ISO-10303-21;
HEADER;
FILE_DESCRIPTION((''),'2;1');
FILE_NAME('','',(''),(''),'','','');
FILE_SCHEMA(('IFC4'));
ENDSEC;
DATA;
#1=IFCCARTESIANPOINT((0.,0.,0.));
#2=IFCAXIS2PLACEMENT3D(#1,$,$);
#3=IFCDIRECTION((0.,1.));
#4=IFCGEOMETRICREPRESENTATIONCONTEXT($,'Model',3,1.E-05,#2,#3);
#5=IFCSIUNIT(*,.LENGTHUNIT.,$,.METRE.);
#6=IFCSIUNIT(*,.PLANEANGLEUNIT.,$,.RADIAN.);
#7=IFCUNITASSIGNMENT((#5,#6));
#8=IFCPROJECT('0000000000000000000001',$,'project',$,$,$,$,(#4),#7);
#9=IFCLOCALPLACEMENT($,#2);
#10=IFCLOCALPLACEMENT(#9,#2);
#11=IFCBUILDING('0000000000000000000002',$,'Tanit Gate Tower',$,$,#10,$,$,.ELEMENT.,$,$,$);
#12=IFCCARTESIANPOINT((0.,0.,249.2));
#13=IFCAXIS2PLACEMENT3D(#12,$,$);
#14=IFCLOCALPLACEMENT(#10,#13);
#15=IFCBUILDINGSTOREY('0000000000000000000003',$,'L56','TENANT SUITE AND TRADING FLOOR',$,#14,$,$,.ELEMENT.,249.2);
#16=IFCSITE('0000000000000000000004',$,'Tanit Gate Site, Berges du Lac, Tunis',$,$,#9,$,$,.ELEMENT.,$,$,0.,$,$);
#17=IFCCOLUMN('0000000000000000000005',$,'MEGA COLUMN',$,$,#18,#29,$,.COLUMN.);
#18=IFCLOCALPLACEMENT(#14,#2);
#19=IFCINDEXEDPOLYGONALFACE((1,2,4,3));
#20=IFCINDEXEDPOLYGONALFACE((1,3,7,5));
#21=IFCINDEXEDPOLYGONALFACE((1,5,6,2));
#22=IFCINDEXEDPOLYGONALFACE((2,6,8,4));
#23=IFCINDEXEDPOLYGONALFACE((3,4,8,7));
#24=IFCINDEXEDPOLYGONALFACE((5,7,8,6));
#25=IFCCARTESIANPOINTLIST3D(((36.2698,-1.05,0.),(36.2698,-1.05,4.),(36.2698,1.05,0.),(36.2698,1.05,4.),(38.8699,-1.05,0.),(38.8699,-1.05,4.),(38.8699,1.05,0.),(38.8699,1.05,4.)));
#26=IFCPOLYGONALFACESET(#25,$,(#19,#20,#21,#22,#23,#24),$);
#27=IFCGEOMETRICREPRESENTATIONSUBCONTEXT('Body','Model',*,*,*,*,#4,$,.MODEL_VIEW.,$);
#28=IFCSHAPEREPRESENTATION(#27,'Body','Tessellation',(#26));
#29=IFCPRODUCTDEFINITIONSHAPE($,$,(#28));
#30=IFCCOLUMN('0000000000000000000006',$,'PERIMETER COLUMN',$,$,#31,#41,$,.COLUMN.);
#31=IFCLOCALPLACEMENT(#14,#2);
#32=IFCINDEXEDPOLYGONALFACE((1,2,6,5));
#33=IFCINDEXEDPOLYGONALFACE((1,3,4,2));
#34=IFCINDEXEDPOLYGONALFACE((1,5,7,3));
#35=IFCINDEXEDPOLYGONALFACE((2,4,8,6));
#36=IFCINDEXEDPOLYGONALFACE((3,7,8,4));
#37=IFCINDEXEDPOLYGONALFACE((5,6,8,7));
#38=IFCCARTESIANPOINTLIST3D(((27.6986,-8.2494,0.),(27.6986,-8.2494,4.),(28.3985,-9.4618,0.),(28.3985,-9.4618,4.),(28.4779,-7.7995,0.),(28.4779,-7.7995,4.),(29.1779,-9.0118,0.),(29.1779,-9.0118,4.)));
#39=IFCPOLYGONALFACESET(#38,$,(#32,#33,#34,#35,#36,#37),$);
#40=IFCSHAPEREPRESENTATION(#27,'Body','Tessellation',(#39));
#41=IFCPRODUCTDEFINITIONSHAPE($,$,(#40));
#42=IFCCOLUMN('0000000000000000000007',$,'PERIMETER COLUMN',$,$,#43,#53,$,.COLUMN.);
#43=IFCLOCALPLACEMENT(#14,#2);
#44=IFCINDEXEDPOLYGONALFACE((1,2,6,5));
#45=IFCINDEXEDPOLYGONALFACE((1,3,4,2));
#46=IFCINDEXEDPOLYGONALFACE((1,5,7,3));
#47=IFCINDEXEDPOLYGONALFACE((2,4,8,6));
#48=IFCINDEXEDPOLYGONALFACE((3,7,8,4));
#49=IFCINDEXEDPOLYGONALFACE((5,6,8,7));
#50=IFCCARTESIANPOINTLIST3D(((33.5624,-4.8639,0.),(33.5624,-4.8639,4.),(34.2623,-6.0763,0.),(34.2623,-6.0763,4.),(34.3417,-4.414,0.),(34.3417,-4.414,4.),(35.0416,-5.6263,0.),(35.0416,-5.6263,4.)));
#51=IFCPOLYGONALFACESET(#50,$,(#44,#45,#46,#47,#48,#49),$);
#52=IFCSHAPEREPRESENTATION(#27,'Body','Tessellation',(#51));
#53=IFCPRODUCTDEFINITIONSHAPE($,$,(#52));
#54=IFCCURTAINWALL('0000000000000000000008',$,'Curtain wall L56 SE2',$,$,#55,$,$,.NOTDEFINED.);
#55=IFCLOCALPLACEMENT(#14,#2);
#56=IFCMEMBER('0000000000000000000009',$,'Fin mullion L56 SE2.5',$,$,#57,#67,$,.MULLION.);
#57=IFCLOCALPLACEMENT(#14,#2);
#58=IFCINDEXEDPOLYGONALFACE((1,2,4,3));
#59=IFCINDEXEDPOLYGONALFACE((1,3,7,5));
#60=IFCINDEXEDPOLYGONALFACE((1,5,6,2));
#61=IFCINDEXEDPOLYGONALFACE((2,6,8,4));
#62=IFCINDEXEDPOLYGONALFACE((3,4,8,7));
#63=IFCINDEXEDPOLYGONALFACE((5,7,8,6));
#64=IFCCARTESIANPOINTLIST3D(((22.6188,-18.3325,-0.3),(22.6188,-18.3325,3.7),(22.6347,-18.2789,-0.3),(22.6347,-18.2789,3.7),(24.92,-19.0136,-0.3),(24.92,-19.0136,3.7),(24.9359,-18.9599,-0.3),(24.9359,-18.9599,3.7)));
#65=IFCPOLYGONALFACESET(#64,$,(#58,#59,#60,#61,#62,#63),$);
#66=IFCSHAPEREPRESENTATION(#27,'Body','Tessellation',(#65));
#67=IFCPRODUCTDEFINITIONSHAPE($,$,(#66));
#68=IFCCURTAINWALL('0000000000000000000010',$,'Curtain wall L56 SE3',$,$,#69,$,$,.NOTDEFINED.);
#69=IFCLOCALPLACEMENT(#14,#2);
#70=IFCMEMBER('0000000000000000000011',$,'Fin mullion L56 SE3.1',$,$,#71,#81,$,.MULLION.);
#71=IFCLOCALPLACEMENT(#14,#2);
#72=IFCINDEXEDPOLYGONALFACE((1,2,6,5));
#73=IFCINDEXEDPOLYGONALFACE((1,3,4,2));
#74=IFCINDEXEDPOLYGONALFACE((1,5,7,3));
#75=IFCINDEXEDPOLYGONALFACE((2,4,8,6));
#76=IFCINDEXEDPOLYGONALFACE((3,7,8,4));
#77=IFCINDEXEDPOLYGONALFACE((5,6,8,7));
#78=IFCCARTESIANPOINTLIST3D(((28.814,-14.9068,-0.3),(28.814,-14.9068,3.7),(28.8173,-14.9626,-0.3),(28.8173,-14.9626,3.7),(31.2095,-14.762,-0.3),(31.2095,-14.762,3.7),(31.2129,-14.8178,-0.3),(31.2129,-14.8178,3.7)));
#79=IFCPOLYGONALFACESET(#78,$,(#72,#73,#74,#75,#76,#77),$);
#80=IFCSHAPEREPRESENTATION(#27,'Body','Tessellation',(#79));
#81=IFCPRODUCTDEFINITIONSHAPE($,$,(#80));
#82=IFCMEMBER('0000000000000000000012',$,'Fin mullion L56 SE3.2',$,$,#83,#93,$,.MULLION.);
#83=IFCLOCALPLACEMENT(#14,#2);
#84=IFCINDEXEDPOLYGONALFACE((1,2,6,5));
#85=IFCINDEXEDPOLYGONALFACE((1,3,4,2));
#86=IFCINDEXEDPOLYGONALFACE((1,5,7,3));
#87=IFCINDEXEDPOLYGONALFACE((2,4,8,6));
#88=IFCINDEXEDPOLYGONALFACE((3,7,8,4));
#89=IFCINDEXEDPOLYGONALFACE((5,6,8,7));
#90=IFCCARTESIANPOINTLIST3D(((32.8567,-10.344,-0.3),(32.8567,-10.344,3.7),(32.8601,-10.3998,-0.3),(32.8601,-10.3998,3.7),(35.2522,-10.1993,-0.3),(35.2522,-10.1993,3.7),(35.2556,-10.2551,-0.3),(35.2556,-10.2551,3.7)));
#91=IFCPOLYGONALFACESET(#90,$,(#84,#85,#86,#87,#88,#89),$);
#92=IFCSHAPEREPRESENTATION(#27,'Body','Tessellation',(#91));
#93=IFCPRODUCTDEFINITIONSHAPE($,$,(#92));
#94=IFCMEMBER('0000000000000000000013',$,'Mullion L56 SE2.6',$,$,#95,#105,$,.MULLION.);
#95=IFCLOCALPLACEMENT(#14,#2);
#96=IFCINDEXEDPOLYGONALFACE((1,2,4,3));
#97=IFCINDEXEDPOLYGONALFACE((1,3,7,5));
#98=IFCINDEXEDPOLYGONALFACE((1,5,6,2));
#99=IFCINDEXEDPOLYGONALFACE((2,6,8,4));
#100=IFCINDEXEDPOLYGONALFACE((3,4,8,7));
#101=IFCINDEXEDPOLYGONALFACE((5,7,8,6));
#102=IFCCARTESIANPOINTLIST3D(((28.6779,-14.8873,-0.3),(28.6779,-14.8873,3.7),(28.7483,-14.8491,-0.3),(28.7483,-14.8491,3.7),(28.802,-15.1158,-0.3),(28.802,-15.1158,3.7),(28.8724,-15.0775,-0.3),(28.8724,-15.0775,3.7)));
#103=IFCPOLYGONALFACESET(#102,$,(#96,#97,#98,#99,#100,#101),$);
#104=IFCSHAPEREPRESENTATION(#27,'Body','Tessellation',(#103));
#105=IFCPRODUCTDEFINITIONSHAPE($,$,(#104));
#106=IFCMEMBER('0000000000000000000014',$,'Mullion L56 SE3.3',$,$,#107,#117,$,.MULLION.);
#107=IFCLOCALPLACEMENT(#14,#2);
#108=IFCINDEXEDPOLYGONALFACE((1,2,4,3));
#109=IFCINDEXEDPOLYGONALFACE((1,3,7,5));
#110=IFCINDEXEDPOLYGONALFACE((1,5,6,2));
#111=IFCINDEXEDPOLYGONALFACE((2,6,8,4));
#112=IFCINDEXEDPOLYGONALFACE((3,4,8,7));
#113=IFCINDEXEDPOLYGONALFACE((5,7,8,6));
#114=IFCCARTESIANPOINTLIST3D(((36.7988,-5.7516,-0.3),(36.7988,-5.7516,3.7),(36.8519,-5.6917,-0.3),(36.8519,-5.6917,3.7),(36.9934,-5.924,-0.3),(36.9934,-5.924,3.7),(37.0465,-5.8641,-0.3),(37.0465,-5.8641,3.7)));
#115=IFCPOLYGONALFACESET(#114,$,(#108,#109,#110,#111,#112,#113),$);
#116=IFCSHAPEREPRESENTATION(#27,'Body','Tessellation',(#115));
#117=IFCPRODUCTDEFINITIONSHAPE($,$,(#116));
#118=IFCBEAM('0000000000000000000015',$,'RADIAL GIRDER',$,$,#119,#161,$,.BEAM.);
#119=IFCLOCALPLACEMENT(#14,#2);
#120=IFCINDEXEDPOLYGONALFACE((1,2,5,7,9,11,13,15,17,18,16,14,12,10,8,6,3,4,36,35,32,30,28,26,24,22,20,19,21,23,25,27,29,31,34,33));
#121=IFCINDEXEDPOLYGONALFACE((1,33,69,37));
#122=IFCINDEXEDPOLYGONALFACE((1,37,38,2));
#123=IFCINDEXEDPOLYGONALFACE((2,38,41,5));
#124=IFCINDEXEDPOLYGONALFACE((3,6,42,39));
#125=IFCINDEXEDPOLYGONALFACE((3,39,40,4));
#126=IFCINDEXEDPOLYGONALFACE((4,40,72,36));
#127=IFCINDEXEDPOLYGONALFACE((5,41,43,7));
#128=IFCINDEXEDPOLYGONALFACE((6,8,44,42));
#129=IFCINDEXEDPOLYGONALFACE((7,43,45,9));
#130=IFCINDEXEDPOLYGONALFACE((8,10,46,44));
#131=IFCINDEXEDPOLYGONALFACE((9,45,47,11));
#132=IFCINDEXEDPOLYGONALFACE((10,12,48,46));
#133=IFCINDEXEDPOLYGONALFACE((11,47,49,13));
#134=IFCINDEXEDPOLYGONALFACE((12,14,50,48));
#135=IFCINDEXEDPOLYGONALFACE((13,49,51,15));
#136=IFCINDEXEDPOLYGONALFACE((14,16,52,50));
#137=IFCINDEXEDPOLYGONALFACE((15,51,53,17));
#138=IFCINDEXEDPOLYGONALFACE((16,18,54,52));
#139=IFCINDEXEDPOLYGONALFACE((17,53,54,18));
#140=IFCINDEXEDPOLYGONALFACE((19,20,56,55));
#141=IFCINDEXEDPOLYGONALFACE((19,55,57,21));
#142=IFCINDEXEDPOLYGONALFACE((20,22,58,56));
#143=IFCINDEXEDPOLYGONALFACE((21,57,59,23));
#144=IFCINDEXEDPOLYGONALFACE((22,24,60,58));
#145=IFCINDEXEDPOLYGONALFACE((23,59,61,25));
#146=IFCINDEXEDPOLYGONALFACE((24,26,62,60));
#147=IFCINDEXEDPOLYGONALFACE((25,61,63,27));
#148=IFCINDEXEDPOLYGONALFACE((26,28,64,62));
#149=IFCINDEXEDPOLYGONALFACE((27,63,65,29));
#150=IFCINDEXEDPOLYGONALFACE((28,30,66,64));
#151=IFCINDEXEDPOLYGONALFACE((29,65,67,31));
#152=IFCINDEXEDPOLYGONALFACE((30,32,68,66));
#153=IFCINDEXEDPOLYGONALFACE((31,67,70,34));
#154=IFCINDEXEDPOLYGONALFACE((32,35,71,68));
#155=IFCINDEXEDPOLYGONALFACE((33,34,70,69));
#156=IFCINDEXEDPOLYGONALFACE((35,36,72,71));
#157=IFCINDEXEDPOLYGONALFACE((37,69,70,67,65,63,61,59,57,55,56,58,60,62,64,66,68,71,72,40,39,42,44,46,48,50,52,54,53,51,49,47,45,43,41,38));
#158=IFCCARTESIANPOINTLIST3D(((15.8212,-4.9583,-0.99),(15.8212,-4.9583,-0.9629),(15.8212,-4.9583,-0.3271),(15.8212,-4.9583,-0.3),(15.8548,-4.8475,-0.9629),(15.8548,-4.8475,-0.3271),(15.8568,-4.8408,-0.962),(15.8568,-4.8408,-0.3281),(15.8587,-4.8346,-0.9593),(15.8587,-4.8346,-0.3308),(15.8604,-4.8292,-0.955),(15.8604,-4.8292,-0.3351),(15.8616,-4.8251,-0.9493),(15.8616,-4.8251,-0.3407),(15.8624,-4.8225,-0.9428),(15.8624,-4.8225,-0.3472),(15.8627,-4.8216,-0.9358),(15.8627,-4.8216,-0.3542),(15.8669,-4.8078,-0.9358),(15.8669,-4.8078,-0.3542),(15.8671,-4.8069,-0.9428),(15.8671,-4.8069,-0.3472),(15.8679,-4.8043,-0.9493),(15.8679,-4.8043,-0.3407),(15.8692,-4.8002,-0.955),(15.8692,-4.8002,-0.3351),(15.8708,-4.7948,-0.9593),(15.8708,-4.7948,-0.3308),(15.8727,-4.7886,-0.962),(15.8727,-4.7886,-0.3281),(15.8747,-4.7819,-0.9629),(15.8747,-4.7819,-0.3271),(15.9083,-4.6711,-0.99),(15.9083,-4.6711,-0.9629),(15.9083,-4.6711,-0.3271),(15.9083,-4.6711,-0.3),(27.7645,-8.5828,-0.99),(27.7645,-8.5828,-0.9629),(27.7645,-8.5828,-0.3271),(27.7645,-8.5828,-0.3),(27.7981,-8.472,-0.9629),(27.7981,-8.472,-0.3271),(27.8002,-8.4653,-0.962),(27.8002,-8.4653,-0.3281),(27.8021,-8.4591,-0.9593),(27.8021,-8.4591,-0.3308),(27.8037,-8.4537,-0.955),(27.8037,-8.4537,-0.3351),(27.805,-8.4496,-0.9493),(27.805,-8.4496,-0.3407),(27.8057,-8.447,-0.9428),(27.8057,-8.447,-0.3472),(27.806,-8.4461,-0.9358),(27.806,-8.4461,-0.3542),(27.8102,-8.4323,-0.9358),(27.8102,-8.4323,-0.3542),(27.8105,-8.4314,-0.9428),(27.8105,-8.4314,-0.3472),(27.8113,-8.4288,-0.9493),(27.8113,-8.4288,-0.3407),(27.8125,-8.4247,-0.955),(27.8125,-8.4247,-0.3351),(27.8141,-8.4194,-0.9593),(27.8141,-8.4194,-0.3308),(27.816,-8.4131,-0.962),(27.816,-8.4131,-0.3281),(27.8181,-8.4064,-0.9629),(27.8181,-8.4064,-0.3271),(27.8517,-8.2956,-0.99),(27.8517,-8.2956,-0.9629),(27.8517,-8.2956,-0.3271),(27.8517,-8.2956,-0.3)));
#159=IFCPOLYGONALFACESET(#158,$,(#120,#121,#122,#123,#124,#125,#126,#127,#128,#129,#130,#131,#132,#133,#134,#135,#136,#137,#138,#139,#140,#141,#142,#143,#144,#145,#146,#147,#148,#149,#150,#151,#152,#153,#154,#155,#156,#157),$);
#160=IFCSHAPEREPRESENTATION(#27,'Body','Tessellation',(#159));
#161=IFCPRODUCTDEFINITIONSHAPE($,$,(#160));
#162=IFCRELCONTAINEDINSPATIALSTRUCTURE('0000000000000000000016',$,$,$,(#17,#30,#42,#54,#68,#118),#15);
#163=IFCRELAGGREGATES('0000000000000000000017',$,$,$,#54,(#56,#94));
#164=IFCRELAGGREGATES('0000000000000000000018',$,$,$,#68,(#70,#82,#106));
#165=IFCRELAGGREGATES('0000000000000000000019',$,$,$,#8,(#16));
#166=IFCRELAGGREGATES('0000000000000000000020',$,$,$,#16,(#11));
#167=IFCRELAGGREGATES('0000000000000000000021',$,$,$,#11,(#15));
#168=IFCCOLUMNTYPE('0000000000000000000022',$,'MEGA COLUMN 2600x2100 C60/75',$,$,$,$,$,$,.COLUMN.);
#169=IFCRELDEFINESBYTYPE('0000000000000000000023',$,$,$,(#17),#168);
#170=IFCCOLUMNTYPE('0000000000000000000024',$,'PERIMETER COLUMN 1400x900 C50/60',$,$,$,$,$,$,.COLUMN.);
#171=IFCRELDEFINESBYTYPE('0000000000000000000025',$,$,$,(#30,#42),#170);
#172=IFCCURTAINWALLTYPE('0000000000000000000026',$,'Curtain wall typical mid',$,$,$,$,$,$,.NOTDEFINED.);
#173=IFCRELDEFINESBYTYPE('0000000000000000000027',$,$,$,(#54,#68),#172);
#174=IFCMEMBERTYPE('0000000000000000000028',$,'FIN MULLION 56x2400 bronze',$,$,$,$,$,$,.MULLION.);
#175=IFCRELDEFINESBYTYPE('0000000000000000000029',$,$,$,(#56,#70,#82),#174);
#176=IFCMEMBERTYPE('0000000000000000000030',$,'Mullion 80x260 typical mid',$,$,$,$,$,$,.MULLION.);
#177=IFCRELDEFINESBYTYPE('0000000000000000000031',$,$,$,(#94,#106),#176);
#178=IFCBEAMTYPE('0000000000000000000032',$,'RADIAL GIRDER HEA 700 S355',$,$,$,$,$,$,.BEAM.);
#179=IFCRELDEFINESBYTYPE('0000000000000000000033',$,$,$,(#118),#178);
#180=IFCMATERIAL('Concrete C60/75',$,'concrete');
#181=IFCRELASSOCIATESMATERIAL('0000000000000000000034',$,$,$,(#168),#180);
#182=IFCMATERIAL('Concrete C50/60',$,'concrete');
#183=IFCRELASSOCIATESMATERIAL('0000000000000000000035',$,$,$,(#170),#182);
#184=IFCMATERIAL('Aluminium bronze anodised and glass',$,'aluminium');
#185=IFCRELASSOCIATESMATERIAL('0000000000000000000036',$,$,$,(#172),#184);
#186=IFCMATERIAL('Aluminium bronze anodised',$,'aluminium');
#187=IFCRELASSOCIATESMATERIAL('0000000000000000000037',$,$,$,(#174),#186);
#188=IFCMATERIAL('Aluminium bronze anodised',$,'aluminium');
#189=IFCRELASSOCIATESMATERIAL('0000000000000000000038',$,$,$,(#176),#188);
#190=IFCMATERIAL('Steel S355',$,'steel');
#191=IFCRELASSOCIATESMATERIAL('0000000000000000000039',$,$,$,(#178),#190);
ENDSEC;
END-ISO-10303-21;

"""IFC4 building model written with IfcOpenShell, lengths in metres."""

from ifc_helpers import new_model, si_unit, direction, frame, origin, origin_2d, place, context, subcontext, project, spatial, rectangle, i_section, extrude, material, material_profile, profile_set, type_object, element, aggregate, save


model = new_model("IFC4")

# Units and contexts
model_context = context("Model", 3, precision=1e-05, world=origin(), true_north=direction((0.0, 1.0)))
body_context = subcontext(model_context, "Body", "Model", "MODEL_VIEW")
ifc_project = project(units=[si_unit("LENGTHUNIT", "METRE"), si_unit("PLANEANGLEUNIT", "RADIAN")], contexts=[model_context])

# Site, building, storey
site_placement = place(None, origin())
site = spatial("IfcSite", under=ifc_project, at=site_placement, Name="Tanit Gate Site, Berges du Lac, Tunis", CompositionType="ELEMENT", RefElevation=0.0)
building_placement = place(site_placement, origin())
building = spatial("IfcBuilding", under=site, at=building_placement, Name="Tanit Gate Tower", CompositionType="ELEMENT")
storey_placement = place(building_placement, frame((0.0, 0.0, 249.2)))
storey = spatial("IfcBuildingStorey", under=building, at=storey_placement, Name="L56", Description="TENANT SUITE AND TRADING FLOOR", CompositionType="ELEMENT", Elevation=249.2)

# Columns
ifc_material_1 = material(Name="Concrete C60/75", Category="concrete")
ifc_material_profile_1 = material_profile(ifc_material_1, rectangle(XDim=2.6001, YDim=2.1001, at=origin_2d()), Name="RC 2600x2100")
ifc_profile_set_1 = profile_set([ifc_material_profile_1], Name="Concrete C60/75")
column_type_1 = type_object("IfcColumnType", Name="MEGA COLUMN 2600x2100 C60/75", PredefinedType="COLUMN", material=ifc_profile_set_1)
column_placement = place(storey_placement, frame((37.5698, 0.0, 0.0), z_axis=(0.0, 0.0, 1.0), x_axis=(1.0, 0.0, 0.0)))
element("IfcColumn", 1, at=column_placement, inside=storey, type_object=column_type_1, Name="MEGA COLUMN", PredefinedType="COLUMN", context=body_context, shape_type="SweptSolid", body=[
    extrude(rectangle(XDim=2.6001, YDim=2.1001, at=origin_2d()), origin(), (0.0, 0.0, 1.0), 4.0),
])
ifc_material_2 = material(Name="Concrete C50/60", Category="concrete")
ifc_material_profile_2 = material_profile(ifc_material_2, rectangle(XDim=1.3999, YDim=0.8999, at=origin_2d()), Name="RC 1400x900")
ifc_profile_set_2 = profile_set([ifc_material_profile_2], Name="Concrete C50/60")
column_type_2 = type_object("IfcColumnType", Name="PERIMETER COLUMN 1400x900 C50/60", PredefinedType="COLUMN", material=ifc_profile_set_2)
for number, where, z_axis, x_axis, name in (
    (2, (28.4382, -8.6306, 0.0), (0.0, 0.0, 1.0), (0.5, -0.866025, 0.0), "PERIMETER COLUMN"),
    (3, (34.302, -5.2451, 0.0), (0.0, 0.0, 1.0), (0.5, -0.866025, 0.0), "PERIMETER COLUMN"),
):
    element("IfcColumn", number, at=place(storey_placement, frame(where, z_axis=z_axis, x_axis=x_axis)), inside=storey, type_object=column_type_2, Name=name, PredefinedType="COLUMN", context=body_context, shape_type="SweptSolid", body=[
        extrude(rectangle(XDim=1.3999, YDim=0.8999, at=origin_2d()), origin(), (0.0, 0.0, 1.0), 4.0),
    ])

# Curtain wall, member
ifc_material_3 = material(Name="Aluminium bronze anodised and glass", Category="aluminium")
curtain_wall_type = type_object("IfcCurtainWallType", Name="Curtain wall typical mid", PredefinedType="NOTDEFINED", material=ifc_material_3)
curtain_wall_1_placement = place(storey_placement, origin())
curtain_wall_1 = element("IfcCurtainWall", 4, at=curtain_wall_1_placement, inside=storey, type_object=curtain_wall_type, Name="Curtain wall L56 SE2", PredefinedType="NOTDEFINED")
ifc_material_4 = material(Name="Aluminium bronze anodised", Category="aluminium")
ifc_material_profile_3 = material_profile(ifc_material_4, rectangle(XDim=2.3999, YDim=0.0559, at=origin_2d()), Name="56x2400 bronze fin mullion")
ifc_profile_set_3 = profile_set([ifc_material_profile_3], Name="Aluminium bronze anodised")
member_type_1 = type_object("IfcMemberType", Name="FIN MULLION 56x2400 bronze", PredefinedType="MULLION", material=ifc_profile_set_3)
member_1_placement = place(storey_placement, frame((23.7773, -18.6462, -0.3), z_axis=(0.0, 0.0, 1.0), x_axis=(-0.958892, 0.283773, 0.0)))
member_1 = element("IfcMember", 5, at=member_1_placement, type_object=member_type_1, Name="Fin mullion L56 SE2.5", PredefinedType="MULLION", context=body_context, shape_type="SweptSolid", body=[
    extrude(rectangle(XDim=2.3999, YDim=0.0559, at=origin_2d()), origin(), (0.0, 0.0, 1.0), 4.0),
])

# Curtain wall, members
curtain_wall_2_placement = place(storey_placement, origin())
curtain_wall_2 = element("IfcCurtainWall", 6, at=curtain_wall_2_placement, inside=storey, type_object=curtain_wall_type, Name="Curtain wall L56 SE3", PredefinedType="NOTDEFINED")
member_2_placement = place(storey_placement, frame((30.0134, -14.8623, -0.3), z_axis=(0.0, 0.0, 1.0), x_axis=(-0.99818, -0.060305, 0.0)))
member_2 = element("IfcMember", 7, at=member_2_placement, type_object=member_type_1, Name="Fin mullion L56 SE3.1", PredefinedType="MULLION", context=body_context, shape_type="SweptSolid", body=[
    extrude(rectangle(XDim=2.3999, YDim=0.0559, at=origin_2d()), origin(), (0.0, 0.0, 1.0), 4.0),
])
member_3_placement = place(storey_placement, frame((34.0562, -10.2996, -0.3), z_axis=(0.0, 0.0, 1.0), x_axis=(-0.99818, -0.060305, 0.0)))
member_3 = element("IfcMember", 8, at=member_3_placement, type_object=member_type_1, Name="Fin mullion L56 SE3.2", PredefinedType="MULLION", context=body_context, shape_type="SweptSolid", body=[
    extrude(rectangle(XDim=2.3999, YDim=0.0559, at=origin_2d()), origin(), (0.0, 0.0, 1.0), 4.0),
])

# Members
ifc_material_5 = material(Name="Aluminium bronze anodised", Category="aluminium")
ifc_material_profile_4 = material_profile(ifc_material_5, rectangle(XDim=0.26, YDim=0.0801, at=origin_2d()), Name="80x260 bronze mullion")
ifc_profile_set_4 = profile_set([ifc_material_profile_4], Name="Aluminium bronze anodised")
member_type_2 = type_object("IfcMemberType", Name="Mullion 80x260 typical mid", PredefinedType="MULLION", material=ifc_profile_set_4)
member_4_placement = place(storey_placement, frame((28.7751, -14.9824, -0.3), z_axis=(0.0, 0.0, 1.0), x_axis=(-0.477381, 0.878696, 0.0)))
member_4 = element("IfcMember", 9, at=member_4_placement, type_object=member_type_2, Name="Mullion L56 SE2.6", PredefinedType="MULLION", context=body_context, shape_type="SweptSolid", body=[
    extrude(rectangle(XDim=0.26, YDim=0.0801, at=origin_2d()), origin(), (0.0, 0.0, 1.0), 4.0),
])
member_5_placement = place(storey_placement, frame((36.9226, -5.8079, -0.3), z_axis=(0.0, 0.0, 1.0), x_axis=(-0.748462, 0.663178, 0.0)))
member_5 = element("IfcMember", 10, at=member_5_placement, type_object=member_type_2, Name="Mullion L56 SE3.3", PredefinedType="MULLION", context=body_context, shape_type="SweptSolid", body=[
    extrude(rectangle(XDim=0.26, YDim=0.0801, at=origin_2d()), origin(), (0.0, 0.0, 1.0), 4.0),
])

# Beam
ifc_material_6 = material(Name="Steel S355", Category="steel")
ifc_material_profile_5 = material_profile(ifc_material_6, i_section(OverallWidth=0.3, OverallDepth=0.6899, WebThickness=0.0144, FlangeThickness=0.0271, FilletRadius=0.0271, at=origin_2d()), Name="HEA 700")
ifc_profile_set_5 = profile_set([ifc_material_profile_5], Name="Steel S355")
beam_type_1 = type_object("IfcBeamType", Name="RADIAL GIRDER HEA 700 S355", PredefinedType="BEAM", material=ifc_profile_set_5)
beam_1_placement = place(storey_placement, frame((27.8081, -8.4392, -0.645), z_axis=(-0.956906, 0.290397, 0.0), x_axis=(-0.290397, -0.956906, 0.0)))
element("IfcBeam", 11, at=beam_1_placement, inside=storey, type_object=beam_type_1, Name="RADIAL GIRDER", PredefinedType="BEAM", context=body_context, shape_type="SweptSolid", body=[
    extrude(i_section(OverallWidth=0.3, OverallDepth=0.6899, WebThickness=0.0144, FlangeThickness=0.0271, FilletRadius=0.0271, at=origin_2d()), origin(), (0.0, 0.0, 1.0), 12.4812),
])

aggregate(curtain_wall_1, [member_1, member_4])
aggregate(curtain_wall_2, [member_2, member_3, member_5])

save(model, "model.ifc")
